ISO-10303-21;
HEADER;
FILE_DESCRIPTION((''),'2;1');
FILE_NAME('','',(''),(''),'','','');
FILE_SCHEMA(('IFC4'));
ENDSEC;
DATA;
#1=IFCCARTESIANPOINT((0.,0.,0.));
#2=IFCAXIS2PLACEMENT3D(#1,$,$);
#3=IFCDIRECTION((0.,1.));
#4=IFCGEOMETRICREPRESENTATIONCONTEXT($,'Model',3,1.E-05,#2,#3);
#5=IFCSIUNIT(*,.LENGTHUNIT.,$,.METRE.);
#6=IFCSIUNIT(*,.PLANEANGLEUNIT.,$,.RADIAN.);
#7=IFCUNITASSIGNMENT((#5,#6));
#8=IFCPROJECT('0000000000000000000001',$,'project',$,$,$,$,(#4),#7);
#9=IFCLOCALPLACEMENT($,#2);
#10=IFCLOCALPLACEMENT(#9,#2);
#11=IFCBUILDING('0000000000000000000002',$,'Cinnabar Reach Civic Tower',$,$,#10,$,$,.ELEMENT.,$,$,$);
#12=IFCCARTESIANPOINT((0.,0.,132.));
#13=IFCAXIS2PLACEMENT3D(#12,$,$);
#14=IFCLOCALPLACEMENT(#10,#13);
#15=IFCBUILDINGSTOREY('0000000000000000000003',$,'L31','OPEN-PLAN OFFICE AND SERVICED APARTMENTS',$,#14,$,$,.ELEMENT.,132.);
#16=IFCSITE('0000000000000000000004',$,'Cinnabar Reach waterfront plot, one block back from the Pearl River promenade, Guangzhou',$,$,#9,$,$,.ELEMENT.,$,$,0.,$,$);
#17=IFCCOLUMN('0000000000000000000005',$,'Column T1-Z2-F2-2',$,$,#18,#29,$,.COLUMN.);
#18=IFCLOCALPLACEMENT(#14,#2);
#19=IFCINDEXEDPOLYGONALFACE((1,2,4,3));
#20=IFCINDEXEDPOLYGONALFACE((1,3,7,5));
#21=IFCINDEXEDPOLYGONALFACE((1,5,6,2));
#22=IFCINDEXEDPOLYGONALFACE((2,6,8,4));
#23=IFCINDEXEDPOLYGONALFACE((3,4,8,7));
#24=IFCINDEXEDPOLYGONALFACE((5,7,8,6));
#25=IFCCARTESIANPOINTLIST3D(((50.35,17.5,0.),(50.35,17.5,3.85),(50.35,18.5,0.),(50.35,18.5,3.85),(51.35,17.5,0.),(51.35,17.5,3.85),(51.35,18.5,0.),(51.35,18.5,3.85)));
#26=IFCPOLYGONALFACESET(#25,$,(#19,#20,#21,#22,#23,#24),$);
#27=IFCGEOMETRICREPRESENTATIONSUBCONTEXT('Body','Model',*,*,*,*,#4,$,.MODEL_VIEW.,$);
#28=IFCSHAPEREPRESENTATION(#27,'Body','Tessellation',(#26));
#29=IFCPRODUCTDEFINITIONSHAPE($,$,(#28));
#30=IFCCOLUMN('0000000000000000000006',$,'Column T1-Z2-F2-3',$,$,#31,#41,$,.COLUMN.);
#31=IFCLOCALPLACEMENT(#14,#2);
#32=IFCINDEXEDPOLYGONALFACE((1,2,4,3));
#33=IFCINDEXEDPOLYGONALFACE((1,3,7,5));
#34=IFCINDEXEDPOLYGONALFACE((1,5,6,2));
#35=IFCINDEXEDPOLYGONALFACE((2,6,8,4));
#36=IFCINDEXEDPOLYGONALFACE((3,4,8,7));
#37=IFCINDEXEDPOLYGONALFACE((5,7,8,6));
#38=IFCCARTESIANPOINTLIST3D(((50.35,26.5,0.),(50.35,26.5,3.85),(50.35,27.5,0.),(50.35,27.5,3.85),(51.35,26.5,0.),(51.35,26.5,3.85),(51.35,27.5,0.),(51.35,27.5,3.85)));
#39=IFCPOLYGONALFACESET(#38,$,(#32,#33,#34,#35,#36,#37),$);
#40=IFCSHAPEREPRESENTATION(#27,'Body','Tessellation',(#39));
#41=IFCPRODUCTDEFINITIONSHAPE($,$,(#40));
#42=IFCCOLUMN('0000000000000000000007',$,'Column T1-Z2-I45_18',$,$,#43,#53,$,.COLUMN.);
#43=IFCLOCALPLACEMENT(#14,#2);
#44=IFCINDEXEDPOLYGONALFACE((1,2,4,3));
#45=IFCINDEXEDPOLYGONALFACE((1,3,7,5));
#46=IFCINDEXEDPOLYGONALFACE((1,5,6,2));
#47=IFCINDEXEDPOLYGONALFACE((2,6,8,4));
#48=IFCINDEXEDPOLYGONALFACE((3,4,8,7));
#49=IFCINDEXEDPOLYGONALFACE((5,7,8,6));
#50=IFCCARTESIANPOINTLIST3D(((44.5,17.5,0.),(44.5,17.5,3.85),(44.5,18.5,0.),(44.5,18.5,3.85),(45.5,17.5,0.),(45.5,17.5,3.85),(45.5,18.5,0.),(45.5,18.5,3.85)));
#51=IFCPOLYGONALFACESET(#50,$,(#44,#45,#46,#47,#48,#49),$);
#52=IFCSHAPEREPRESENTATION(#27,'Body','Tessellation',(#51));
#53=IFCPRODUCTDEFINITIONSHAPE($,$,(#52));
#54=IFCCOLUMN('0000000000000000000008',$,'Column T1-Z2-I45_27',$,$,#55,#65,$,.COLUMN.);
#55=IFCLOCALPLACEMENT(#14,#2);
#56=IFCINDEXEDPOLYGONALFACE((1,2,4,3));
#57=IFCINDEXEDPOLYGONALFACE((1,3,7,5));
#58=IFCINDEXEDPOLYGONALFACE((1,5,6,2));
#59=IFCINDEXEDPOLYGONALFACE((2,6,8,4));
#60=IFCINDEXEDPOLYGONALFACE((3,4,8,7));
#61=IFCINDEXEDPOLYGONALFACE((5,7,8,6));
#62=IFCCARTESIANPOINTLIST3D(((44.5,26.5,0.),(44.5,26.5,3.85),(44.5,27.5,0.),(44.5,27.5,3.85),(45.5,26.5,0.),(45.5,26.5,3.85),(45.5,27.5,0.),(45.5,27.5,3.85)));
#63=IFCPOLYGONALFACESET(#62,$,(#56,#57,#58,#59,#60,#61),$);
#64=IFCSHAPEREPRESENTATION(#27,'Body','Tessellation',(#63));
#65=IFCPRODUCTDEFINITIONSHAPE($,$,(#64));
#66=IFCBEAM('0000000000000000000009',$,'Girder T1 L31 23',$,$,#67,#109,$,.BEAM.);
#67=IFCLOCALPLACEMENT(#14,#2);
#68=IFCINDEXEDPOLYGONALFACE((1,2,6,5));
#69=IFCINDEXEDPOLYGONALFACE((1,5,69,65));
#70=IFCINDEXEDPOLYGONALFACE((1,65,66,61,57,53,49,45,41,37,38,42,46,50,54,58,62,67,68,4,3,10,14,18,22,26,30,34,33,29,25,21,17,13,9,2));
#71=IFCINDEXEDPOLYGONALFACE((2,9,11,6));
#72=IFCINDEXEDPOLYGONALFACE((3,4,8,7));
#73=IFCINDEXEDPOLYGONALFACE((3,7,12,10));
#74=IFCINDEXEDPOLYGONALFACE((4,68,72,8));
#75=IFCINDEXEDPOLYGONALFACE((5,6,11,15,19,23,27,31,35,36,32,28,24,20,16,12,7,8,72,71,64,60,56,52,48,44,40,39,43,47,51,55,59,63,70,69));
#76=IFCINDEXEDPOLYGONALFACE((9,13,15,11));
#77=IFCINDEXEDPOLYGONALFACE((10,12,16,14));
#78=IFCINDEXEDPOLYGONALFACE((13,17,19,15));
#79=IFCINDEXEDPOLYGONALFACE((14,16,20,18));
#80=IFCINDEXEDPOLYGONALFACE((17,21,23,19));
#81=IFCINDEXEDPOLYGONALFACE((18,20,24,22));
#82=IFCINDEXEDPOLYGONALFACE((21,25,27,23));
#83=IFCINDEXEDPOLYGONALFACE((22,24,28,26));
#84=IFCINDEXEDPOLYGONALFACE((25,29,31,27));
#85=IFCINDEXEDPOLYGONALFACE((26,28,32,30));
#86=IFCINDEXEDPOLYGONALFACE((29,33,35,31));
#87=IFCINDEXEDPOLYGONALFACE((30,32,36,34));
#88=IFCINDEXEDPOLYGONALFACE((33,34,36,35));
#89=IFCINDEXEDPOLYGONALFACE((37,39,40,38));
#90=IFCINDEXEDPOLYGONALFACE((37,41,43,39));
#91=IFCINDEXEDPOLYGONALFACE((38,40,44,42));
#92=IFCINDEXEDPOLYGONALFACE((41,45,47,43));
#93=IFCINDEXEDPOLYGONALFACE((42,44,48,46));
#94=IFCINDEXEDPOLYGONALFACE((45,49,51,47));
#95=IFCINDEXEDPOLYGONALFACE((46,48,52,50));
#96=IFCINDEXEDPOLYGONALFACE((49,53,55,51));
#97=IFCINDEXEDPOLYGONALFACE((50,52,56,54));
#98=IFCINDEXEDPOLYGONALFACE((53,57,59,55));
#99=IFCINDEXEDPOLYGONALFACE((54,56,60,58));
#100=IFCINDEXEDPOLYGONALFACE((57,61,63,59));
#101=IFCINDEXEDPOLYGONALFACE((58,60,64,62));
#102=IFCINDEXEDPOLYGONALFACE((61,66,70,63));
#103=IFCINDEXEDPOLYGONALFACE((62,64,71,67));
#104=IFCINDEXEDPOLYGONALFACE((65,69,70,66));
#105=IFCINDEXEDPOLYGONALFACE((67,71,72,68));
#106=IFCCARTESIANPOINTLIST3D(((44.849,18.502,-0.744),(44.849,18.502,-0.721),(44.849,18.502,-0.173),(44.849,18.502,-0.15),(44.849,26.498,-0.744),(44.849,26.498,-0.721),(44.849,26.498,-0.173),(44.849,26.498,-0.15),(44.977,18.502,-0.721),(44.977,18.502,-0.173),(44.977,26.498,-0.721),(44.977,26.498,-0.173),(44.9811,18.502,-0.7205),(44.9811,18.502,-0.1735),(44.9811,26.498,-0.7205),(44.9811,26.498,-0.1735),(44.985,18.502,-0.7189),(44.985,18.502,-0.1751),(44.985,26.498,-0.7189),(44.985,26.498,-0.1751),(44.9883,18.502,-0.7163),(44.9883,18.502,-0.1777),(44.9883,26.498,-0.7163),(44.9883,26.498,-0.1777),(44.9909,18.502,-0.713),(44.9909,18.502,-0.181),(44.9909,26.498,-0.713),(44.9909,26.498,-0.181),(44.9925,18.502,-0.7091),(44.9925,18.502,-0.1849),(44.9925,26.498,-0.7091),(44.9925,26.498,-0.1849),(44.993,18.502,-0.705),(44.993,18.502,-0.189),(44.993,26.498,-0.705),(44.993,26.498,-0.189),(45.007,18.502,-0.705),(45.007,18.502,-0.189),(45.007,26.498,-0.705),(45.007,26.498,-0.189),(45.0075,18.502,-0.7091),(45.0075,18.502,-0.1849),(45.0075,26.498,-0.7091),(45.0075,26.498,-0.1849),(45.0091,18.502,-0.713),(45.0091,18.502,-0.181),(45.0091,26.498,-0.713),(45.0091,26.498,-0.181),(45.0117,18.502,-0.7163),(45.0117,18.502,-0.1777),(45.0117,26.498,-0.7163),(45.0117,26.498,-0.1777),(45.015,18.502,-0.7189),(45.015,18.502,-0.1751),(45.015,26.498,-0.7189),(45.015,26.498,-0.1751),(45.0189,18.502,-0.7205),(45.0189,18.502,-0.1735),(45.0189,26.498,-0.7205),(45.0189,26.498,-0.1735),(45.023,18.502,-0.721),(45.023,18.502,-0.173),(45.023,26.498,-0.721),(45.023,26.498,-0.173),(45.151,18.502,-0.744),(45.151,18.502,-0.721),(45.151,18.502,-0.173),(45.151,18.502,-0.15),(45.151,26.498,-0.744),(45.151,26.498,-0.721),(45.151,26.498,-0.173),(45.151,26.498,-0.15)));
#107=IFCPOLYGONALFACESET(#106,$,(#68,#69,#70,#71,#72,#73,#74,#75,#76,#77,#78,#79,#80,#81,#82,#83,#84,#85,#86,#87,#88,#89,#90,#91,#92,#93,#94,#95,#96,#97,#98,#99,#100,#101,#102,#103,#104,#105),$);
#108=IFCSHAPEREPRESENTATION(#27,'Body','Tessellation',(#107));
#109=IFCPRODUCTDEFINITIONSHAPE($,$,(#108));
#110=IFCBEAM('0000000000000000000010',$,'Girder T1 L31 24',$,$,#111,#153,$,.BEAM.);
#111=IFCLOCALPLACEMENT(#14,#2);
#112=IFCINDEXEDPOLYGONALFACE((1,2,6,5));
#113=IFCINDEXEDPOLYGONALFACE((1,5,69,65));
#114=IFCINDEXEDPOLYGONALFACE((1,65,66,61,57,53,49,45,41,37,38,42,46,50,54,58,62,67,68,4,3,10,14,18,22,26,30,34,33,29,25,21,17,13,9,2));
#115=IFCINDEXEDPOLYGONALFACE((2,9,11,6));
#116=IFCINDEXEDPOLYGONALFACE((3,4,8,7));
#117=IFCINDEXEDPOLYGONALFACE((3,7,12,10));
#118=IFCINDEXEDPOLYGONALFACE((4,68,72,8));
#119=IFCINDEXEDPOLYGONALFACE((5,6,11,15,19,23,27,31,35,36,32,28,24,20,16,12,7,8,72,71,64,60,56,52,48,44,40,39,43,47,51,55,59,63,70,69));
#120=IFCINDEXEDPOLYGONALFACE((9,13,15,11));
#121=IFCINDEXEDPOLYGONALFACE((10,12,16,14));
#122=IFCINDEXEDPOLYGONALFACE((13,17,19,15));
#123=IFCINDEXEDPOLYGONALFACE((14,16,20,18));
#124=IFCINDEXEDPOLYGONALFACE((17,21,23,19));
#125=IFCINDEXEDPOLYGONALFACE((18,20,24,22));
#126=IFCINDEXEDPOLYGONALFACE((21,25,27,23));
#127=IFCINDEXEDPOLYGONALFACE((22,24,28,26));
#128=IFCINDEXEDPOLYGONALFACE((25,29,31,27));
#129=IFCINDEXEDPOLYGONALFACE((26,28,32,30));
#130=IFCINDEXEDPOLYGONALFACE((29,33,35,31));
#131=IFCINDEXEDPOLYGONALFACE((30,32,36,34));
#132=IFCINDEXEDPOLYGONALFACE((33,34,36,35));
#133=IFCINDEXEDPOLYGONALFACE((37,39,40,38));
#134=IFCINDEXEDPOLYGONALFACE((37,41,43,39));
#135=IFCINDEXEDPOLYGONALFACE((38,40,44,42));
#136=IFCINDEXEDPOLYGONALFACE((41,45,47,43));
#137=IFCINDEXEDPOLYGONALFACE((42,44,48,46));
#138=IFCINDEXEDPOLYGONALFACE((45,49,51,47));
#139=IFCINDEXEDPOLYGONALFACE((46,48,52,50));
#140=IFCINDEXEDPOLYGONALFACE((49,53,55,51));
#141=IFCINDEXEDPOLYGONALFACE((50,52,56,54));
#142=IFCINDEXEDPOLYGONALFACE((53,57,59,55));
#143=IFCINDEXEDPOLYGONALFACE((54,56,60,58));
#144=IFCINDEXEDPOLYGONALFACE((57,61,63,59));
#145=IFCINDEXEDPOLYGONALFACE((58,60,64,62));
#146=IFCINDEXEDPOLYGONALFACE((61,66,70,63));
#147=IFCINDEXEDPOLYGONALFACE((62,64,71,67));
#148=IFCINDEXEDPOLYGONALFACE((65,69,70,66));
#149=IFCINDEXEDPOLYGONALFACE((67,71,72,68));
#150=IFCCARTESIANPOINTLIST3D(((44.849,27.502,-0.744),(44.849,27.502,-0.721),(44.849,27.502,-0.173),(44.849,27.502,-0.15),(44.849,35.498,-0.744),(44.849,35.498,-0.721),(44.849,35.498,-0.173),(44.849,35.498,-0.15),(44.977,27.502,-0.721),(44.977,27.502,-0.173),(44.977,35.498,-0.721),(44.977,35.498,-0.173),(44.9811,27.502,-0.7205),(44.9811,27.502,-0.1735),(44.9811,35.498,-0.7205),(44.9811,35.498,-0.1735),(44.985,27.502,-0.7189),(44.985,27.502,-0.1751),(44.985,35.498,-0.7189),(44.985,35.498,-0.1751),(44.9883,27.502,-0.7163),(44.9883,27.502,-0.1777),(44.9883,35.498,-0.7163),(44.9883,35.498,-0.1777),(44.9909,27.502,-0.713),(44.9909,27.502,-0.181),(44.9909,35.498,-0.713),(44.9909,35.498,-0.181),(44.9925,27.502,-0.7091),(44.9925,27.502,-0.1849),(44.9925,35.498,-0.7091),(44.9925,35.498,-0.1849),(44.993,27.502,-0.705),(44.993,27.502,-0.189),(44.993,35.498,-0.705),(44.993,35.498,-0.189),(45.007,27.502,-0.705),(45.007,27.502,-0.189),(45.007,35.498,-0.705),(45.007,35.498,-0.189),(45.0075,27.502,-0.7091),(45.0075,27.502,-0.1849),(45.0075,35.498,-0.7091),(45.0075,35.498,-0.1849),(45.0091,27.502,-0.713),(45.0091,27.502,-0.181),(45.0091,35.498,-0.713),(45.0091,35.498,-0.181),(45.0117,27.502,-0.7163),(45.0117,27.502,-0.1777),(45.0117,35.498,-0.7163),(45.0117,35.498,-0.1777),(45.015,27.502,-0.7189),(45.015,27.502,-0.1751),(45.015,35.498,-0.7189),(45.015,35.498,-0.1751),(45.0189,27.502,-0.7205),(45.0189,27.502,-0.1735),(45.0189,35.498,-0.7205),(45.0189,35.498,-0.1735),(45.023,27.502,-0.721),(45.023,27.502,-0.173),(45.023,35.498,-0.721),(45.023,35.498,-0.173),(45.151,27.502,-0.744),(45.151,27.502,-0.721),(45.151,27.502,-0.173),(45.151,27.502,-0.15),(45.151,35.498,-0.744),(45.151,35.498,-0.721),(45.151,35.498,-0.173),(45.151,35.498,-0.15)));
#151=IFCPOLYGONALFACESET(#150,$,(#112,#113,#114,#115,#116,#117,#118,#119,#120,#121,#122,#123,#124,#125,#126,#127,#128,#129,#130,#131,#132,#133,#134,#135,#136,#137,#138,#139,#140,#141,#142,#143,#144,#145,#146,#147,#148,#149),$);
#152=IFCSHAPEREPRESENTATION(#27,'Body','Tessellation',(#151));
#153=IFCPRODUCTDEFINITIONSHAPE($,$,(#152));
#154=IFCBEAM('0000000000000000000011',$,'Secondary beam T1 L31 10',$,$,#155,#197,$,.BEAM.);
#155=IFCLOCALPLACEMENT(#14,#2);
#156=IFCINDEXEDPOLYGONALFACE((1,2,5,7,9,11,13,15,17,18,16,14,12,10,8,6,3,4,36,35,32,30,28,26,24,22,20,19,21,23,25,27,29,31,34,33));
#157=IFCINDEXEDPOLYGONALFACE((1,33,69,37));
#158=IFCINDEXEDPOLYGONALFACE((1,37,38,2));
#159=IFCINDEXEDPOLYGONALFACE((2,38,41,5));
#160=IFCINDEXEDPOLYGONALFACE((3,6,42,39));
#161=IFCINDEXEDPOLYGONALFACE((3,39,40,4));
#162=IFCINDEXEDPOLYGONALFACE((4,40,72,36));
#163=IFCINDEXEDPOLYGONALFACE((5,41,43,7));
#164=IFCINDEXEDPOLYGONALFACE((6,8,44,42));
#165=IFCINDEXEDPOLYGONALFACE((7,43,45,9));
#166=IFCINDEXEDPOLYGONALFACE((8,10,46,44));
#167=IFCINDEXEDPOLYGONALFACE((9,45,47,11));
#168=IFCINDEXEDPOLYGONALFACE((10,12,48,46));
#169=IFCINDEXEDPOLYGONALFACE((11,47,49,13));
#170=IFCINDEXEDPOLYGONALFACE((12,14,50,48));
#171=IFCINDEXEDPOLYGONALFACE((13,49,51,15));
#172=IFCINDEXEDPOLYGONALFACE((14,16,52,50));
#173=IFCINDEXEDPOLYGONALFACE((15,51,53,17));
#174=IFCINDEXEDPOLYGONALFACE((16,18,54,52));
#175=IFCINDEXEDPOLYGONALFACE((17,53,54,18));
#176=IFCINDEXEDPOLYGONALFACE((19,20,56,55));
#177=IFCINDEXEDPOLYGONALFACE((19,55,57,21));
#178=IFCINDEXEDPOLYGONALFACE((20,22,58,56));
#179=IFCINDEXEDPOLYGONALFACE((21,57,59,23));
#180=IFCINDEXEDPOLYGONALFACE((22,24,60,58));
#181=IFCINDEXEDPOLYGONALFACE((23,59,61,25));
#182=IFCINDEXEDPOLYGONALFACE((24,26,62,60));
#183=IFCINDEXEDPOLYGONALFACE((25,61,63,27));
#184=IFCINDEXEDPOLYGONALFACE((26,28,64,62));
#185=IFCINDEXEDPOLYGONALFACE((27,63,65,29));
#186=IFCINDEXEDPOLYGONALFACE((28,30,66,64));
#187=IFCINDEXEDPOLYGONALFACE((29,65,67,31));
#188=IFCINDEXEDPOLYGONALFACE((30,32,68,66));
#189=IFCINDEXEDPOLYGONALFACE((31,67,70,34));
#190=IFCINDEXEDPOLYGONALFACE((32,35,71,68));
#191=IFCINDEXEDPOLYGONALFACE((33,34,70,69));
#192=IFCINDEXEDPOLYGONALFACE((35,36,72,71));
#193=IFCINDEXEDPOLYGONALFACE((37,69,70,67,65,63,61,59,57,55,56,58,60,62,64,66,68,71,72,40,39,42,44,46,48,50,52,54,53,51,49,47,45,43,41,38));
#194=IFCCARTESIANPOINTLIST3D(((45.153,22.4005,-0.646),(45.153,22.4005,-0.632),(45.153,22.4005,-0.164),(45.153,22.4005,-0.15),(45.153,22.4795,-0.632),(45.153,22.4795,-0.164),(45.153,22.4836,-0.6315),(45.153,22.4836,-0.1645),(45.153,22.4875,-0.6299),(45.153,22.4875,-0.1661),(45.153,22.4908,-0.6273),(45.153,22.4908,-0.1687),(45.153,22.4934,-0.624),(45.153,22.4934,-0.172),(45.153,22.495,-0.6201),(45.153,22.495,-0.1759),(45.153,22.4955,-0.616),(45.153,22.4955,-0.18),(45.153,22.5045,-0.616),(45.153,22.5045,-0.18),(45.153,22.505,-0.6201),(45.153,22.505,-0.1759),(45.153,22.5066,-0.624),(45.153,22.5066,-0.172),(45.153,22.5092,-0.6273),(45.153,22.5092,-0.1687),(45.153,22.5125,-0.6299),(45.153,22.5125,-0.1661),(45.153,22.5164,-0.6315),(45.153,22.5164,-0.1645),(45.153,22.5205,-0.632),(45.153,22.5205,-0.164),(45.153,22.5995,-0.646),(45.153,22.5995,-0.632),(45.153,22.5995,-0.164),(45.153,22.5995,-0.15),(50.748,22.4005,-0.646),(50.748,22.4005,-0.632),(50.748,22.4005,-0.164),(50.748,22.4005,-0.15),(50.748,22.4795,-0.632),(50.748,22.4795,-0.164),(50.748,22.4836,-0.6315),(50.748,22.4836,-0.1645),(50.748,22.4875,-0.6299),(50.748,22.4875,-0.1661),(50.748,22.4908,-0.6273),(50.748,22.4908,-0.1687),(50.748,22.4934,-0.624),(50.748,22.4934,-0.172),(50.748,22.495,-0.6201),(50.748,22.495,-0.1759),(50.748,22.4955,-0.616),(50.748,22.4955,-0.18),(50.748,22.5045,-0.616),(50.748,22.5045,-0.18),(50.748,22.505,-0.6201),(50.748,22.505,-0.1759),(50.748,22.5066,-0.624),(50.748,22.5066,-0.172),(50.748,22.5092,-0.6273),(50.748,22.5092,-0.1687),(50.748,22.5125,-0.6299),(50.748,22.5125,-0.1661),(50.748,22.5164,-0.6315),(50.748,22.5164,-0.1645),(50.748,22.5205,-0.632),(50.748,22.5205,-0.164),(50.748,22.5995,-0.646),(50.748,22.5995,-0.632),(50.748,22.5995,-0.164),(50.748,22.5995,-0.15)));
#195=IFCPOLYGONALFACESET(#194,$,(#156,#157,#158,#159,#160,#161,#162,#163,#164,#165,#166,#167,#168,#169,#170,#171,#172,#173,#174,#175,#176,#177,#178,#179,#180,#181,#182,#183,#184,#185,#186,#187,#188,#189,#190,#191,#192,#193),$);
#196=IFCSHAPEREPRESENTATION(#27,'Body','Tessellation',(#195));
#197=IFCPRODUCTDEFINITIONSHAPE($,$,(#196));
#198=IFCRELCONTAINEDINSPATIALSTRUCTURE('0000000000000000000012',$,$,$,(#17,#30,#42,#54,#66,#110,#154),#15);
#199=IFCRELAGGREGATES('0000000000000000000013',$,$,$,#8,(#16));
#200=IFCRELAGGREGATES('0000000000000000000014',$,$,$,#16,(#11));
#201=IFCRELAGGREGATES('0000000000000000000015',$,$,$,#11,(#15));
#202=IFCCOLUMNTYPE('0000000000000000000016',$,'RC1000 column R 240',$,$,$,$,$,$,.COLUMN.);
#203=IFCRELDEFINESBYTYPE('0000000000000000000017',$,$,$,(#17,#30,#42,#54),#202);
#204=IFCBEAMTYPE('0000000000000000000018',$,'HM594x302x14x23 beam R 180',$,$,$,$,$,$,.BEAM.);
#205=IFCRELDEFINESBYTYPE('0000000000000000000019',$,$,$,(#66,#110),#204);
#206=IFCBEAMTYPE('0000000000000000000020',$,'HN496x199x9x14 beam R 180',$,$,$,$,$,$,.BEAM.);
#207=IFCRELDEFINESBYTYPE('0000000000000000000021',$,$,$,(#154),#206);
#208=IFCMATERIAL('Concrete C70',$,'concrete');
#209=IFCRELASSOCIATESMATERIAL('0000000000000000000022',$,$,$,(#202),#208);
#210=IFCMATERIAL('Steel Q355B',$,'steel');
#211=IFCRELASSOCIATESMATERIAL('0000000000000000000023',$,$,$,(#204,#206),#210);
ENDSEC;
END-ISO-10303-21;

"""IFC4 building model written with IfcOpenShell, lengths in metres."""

from ifc_helpers import new_model, si_unit, direction, frame, origin, origin_2d, place, context, subcontext, project, spatial, rectangle, i_section, extrude, material, material_profile, profile_set, type_object, element, save


model = new_model("IFC4")

# Units and contexts
model_context = context("Model", 3, precision=1e-05, world=origin(), true_north=direction((0.0, 1.0)))
body_context = subcontext(model_context, "Body", "Model", "MODEL_VIEW")
ifc_project = project(units=[si_unit("LENGTHUNIT", "METRE"), si_unit("PLANEANGLEUNIT", "RADIAN")], contexts=[model_context])

# Site, building, storey
site_placement = place(None, origin())
site = spatial("IfcSite", under=ifc_project, at=site_placement, Name="Cinnabar Reach waterfront plot, one block back from the Pearl River promenade, Guangzhou", CompositionType="ELEMENT", RefElevation=0.0)
building_placement = place(site_placement, origin())
building = spatial("IfcBuilding", under=site, at=building_placement, Name="Cinnabar Reach Civic Tower", CompositionType="ELEMENT")
storey_placement = place(building_placement, frame((0.0, 0.0, 132.0)))
storey = spatial("IfcBuildingStorey", under=building, at=storey_placement, Name="L31", Description="OPEN-PLAN OFFICE AND SERVICED APARTMENTS", CompositionType="ELEMENT", Elevation=132.0)

# Columns
ifc_material_1 = material(Name="Concrete C70", Category="concrete")
ifc_material_profile_1 = material_profile(ifc_material_1, rectangle(XDim=1.0, YDim=1.0, at=origin_2d()), Name="RC1000")
ifc_profile_set_1 = profile_set([ifc_material_profile_1], Name="Concrete C70")
column_type = type_object("IfcColumnType", Name="RC1000 column R 240", PredefinedType="COLUMN", material=ifc_profile_set_1)
for number, where, z_axis, x_axis, name in (
    (1, (50.85, 18.0, 0.0), (0.0, 0.0, 1.0), (1.0, 0.0, 0.0), "Column T1-Z2-F2-2"),
    (2, (50.85, 27.0, 0.0), (0.0, 0.0, 1.0), (1.0, 0.0, 0.0), "Column T1-Z2-F2-3"),
    (3, (45.0, 18.0, 0.0), (0.0, 0.0, 1.0), (1.0, 0.0, 0.0), "Column T1-Z2-I45_18"),
    (4, (45.0, 27.0, 0.0), (0.0, 0.0, 1.0), (1.0, 0.0, 0.0), "Column T1-Z2-I45_27"),
):
    element("IfcColumn", number, at=place(storey_placement, frame(where, z_axis=z_axis, x_axis=x_axis)), inside=storey, type_object=column_type, Name=name, PredefinedType="COLUMN", context=body_context, shape_type="SweptSolid", body=[
        extrude(rectangle(XDim=1.0, YDim=1.0, at=origin_2d()), origin(), (0.0, 0.0, 1.0), 3.85),
    ])

# Beams
ifc_material_2 = material(Name="Steel Q355B", Category="steel")
ifc_material_profile_2 = material_profile(ifc_material_2, i_section(OverallWidth=0.302, OverallDepth=0.594, WebThickness=0.014, FlangeThickness=0.023, FilletRadius=0.016, at=origin_2d()), Name="HM594x302x14x23")
ifc_profile_set_2 = profile_set([ifc_material_profile_2], Name="Steel Q355B")
beam_type_1 = type_object("IfcBeamType", Name="HM594x302x14x23 beam R 180", PredefinedType="BEAM", material=ifc_profile_set_2)
for number, where, z_axis, x_axis, name in (
    (5, (45.0, 18.502, -0.447), (0.0, 1.0, 0.0), (-1.0, 0.0, 0.0), "Girder T1 L31 23"),
    (6, (45.0, 27.502, -0.447), (0.0, 1.0, 0.0), (-1.0, 0.0, 0.0), "Girder T1 L31 24"),
):
    element("IfcBeam", number, at=place(storey_placement, frame(where, z_axis=z_axis, x_axis=x_axis)), inside=storey, type_object=beam_type_1, Name=name, PredefinedType="BEAM", context=body_context, shape_type="SweptSolid", body=[
        extrude(i_section(OverallWidth=0.302, OverallDepth=0.594, WebThickness=0.014, FlangeThickness=0.023, FilletRadius=0.016, at=origin_2d()), origin(), (0.0, 0.0, 1.0), 7.996),
    ])
ifc_material_profile_3 = material_profile(ifc_material_2, i_section(OverallWidth=0.199, OverallDepth=0.496, WebThickness=0.009, FlangeThickness=0.014, FilletRadius=0.016, at=origin_2d()), Name="HN496x199x9x14")
ifc_profile_set_3 = profile_set([ifc_material_profile_3], Name="Steel Q355B")
beam_type_2 = type_object("IfcBeamType", Name="HN496x199x9x14 beam R 180", PredefinedType="BEAM", material=ifc_profile_set_3)
beam_1_placement = place(storey_placement, frame((45.153, 22.5, -0.398), z_axis=(1.0, 0.0, 0.0), x_axis=(0.0, 1.0, 0.0)))
element("IfcBeam", 7, at=beam_1_placement, inside=storey, type_object=beam_type_2, Name="Secondary beam T1 L31 10", PredefinedType="BEAM", context=body_context, shape_type="SweptSolid", body=[
    extrude(i_section(OverallWidth=0.199, OverallDepth=0.496, WebThickness=0.009, FlangeThickness=0.014, FilletRadius=0.016, at=origin_2d()), origin(), (0.0, 0.0, 1.0), 5.595),
])

save(model, "model.ifc")
